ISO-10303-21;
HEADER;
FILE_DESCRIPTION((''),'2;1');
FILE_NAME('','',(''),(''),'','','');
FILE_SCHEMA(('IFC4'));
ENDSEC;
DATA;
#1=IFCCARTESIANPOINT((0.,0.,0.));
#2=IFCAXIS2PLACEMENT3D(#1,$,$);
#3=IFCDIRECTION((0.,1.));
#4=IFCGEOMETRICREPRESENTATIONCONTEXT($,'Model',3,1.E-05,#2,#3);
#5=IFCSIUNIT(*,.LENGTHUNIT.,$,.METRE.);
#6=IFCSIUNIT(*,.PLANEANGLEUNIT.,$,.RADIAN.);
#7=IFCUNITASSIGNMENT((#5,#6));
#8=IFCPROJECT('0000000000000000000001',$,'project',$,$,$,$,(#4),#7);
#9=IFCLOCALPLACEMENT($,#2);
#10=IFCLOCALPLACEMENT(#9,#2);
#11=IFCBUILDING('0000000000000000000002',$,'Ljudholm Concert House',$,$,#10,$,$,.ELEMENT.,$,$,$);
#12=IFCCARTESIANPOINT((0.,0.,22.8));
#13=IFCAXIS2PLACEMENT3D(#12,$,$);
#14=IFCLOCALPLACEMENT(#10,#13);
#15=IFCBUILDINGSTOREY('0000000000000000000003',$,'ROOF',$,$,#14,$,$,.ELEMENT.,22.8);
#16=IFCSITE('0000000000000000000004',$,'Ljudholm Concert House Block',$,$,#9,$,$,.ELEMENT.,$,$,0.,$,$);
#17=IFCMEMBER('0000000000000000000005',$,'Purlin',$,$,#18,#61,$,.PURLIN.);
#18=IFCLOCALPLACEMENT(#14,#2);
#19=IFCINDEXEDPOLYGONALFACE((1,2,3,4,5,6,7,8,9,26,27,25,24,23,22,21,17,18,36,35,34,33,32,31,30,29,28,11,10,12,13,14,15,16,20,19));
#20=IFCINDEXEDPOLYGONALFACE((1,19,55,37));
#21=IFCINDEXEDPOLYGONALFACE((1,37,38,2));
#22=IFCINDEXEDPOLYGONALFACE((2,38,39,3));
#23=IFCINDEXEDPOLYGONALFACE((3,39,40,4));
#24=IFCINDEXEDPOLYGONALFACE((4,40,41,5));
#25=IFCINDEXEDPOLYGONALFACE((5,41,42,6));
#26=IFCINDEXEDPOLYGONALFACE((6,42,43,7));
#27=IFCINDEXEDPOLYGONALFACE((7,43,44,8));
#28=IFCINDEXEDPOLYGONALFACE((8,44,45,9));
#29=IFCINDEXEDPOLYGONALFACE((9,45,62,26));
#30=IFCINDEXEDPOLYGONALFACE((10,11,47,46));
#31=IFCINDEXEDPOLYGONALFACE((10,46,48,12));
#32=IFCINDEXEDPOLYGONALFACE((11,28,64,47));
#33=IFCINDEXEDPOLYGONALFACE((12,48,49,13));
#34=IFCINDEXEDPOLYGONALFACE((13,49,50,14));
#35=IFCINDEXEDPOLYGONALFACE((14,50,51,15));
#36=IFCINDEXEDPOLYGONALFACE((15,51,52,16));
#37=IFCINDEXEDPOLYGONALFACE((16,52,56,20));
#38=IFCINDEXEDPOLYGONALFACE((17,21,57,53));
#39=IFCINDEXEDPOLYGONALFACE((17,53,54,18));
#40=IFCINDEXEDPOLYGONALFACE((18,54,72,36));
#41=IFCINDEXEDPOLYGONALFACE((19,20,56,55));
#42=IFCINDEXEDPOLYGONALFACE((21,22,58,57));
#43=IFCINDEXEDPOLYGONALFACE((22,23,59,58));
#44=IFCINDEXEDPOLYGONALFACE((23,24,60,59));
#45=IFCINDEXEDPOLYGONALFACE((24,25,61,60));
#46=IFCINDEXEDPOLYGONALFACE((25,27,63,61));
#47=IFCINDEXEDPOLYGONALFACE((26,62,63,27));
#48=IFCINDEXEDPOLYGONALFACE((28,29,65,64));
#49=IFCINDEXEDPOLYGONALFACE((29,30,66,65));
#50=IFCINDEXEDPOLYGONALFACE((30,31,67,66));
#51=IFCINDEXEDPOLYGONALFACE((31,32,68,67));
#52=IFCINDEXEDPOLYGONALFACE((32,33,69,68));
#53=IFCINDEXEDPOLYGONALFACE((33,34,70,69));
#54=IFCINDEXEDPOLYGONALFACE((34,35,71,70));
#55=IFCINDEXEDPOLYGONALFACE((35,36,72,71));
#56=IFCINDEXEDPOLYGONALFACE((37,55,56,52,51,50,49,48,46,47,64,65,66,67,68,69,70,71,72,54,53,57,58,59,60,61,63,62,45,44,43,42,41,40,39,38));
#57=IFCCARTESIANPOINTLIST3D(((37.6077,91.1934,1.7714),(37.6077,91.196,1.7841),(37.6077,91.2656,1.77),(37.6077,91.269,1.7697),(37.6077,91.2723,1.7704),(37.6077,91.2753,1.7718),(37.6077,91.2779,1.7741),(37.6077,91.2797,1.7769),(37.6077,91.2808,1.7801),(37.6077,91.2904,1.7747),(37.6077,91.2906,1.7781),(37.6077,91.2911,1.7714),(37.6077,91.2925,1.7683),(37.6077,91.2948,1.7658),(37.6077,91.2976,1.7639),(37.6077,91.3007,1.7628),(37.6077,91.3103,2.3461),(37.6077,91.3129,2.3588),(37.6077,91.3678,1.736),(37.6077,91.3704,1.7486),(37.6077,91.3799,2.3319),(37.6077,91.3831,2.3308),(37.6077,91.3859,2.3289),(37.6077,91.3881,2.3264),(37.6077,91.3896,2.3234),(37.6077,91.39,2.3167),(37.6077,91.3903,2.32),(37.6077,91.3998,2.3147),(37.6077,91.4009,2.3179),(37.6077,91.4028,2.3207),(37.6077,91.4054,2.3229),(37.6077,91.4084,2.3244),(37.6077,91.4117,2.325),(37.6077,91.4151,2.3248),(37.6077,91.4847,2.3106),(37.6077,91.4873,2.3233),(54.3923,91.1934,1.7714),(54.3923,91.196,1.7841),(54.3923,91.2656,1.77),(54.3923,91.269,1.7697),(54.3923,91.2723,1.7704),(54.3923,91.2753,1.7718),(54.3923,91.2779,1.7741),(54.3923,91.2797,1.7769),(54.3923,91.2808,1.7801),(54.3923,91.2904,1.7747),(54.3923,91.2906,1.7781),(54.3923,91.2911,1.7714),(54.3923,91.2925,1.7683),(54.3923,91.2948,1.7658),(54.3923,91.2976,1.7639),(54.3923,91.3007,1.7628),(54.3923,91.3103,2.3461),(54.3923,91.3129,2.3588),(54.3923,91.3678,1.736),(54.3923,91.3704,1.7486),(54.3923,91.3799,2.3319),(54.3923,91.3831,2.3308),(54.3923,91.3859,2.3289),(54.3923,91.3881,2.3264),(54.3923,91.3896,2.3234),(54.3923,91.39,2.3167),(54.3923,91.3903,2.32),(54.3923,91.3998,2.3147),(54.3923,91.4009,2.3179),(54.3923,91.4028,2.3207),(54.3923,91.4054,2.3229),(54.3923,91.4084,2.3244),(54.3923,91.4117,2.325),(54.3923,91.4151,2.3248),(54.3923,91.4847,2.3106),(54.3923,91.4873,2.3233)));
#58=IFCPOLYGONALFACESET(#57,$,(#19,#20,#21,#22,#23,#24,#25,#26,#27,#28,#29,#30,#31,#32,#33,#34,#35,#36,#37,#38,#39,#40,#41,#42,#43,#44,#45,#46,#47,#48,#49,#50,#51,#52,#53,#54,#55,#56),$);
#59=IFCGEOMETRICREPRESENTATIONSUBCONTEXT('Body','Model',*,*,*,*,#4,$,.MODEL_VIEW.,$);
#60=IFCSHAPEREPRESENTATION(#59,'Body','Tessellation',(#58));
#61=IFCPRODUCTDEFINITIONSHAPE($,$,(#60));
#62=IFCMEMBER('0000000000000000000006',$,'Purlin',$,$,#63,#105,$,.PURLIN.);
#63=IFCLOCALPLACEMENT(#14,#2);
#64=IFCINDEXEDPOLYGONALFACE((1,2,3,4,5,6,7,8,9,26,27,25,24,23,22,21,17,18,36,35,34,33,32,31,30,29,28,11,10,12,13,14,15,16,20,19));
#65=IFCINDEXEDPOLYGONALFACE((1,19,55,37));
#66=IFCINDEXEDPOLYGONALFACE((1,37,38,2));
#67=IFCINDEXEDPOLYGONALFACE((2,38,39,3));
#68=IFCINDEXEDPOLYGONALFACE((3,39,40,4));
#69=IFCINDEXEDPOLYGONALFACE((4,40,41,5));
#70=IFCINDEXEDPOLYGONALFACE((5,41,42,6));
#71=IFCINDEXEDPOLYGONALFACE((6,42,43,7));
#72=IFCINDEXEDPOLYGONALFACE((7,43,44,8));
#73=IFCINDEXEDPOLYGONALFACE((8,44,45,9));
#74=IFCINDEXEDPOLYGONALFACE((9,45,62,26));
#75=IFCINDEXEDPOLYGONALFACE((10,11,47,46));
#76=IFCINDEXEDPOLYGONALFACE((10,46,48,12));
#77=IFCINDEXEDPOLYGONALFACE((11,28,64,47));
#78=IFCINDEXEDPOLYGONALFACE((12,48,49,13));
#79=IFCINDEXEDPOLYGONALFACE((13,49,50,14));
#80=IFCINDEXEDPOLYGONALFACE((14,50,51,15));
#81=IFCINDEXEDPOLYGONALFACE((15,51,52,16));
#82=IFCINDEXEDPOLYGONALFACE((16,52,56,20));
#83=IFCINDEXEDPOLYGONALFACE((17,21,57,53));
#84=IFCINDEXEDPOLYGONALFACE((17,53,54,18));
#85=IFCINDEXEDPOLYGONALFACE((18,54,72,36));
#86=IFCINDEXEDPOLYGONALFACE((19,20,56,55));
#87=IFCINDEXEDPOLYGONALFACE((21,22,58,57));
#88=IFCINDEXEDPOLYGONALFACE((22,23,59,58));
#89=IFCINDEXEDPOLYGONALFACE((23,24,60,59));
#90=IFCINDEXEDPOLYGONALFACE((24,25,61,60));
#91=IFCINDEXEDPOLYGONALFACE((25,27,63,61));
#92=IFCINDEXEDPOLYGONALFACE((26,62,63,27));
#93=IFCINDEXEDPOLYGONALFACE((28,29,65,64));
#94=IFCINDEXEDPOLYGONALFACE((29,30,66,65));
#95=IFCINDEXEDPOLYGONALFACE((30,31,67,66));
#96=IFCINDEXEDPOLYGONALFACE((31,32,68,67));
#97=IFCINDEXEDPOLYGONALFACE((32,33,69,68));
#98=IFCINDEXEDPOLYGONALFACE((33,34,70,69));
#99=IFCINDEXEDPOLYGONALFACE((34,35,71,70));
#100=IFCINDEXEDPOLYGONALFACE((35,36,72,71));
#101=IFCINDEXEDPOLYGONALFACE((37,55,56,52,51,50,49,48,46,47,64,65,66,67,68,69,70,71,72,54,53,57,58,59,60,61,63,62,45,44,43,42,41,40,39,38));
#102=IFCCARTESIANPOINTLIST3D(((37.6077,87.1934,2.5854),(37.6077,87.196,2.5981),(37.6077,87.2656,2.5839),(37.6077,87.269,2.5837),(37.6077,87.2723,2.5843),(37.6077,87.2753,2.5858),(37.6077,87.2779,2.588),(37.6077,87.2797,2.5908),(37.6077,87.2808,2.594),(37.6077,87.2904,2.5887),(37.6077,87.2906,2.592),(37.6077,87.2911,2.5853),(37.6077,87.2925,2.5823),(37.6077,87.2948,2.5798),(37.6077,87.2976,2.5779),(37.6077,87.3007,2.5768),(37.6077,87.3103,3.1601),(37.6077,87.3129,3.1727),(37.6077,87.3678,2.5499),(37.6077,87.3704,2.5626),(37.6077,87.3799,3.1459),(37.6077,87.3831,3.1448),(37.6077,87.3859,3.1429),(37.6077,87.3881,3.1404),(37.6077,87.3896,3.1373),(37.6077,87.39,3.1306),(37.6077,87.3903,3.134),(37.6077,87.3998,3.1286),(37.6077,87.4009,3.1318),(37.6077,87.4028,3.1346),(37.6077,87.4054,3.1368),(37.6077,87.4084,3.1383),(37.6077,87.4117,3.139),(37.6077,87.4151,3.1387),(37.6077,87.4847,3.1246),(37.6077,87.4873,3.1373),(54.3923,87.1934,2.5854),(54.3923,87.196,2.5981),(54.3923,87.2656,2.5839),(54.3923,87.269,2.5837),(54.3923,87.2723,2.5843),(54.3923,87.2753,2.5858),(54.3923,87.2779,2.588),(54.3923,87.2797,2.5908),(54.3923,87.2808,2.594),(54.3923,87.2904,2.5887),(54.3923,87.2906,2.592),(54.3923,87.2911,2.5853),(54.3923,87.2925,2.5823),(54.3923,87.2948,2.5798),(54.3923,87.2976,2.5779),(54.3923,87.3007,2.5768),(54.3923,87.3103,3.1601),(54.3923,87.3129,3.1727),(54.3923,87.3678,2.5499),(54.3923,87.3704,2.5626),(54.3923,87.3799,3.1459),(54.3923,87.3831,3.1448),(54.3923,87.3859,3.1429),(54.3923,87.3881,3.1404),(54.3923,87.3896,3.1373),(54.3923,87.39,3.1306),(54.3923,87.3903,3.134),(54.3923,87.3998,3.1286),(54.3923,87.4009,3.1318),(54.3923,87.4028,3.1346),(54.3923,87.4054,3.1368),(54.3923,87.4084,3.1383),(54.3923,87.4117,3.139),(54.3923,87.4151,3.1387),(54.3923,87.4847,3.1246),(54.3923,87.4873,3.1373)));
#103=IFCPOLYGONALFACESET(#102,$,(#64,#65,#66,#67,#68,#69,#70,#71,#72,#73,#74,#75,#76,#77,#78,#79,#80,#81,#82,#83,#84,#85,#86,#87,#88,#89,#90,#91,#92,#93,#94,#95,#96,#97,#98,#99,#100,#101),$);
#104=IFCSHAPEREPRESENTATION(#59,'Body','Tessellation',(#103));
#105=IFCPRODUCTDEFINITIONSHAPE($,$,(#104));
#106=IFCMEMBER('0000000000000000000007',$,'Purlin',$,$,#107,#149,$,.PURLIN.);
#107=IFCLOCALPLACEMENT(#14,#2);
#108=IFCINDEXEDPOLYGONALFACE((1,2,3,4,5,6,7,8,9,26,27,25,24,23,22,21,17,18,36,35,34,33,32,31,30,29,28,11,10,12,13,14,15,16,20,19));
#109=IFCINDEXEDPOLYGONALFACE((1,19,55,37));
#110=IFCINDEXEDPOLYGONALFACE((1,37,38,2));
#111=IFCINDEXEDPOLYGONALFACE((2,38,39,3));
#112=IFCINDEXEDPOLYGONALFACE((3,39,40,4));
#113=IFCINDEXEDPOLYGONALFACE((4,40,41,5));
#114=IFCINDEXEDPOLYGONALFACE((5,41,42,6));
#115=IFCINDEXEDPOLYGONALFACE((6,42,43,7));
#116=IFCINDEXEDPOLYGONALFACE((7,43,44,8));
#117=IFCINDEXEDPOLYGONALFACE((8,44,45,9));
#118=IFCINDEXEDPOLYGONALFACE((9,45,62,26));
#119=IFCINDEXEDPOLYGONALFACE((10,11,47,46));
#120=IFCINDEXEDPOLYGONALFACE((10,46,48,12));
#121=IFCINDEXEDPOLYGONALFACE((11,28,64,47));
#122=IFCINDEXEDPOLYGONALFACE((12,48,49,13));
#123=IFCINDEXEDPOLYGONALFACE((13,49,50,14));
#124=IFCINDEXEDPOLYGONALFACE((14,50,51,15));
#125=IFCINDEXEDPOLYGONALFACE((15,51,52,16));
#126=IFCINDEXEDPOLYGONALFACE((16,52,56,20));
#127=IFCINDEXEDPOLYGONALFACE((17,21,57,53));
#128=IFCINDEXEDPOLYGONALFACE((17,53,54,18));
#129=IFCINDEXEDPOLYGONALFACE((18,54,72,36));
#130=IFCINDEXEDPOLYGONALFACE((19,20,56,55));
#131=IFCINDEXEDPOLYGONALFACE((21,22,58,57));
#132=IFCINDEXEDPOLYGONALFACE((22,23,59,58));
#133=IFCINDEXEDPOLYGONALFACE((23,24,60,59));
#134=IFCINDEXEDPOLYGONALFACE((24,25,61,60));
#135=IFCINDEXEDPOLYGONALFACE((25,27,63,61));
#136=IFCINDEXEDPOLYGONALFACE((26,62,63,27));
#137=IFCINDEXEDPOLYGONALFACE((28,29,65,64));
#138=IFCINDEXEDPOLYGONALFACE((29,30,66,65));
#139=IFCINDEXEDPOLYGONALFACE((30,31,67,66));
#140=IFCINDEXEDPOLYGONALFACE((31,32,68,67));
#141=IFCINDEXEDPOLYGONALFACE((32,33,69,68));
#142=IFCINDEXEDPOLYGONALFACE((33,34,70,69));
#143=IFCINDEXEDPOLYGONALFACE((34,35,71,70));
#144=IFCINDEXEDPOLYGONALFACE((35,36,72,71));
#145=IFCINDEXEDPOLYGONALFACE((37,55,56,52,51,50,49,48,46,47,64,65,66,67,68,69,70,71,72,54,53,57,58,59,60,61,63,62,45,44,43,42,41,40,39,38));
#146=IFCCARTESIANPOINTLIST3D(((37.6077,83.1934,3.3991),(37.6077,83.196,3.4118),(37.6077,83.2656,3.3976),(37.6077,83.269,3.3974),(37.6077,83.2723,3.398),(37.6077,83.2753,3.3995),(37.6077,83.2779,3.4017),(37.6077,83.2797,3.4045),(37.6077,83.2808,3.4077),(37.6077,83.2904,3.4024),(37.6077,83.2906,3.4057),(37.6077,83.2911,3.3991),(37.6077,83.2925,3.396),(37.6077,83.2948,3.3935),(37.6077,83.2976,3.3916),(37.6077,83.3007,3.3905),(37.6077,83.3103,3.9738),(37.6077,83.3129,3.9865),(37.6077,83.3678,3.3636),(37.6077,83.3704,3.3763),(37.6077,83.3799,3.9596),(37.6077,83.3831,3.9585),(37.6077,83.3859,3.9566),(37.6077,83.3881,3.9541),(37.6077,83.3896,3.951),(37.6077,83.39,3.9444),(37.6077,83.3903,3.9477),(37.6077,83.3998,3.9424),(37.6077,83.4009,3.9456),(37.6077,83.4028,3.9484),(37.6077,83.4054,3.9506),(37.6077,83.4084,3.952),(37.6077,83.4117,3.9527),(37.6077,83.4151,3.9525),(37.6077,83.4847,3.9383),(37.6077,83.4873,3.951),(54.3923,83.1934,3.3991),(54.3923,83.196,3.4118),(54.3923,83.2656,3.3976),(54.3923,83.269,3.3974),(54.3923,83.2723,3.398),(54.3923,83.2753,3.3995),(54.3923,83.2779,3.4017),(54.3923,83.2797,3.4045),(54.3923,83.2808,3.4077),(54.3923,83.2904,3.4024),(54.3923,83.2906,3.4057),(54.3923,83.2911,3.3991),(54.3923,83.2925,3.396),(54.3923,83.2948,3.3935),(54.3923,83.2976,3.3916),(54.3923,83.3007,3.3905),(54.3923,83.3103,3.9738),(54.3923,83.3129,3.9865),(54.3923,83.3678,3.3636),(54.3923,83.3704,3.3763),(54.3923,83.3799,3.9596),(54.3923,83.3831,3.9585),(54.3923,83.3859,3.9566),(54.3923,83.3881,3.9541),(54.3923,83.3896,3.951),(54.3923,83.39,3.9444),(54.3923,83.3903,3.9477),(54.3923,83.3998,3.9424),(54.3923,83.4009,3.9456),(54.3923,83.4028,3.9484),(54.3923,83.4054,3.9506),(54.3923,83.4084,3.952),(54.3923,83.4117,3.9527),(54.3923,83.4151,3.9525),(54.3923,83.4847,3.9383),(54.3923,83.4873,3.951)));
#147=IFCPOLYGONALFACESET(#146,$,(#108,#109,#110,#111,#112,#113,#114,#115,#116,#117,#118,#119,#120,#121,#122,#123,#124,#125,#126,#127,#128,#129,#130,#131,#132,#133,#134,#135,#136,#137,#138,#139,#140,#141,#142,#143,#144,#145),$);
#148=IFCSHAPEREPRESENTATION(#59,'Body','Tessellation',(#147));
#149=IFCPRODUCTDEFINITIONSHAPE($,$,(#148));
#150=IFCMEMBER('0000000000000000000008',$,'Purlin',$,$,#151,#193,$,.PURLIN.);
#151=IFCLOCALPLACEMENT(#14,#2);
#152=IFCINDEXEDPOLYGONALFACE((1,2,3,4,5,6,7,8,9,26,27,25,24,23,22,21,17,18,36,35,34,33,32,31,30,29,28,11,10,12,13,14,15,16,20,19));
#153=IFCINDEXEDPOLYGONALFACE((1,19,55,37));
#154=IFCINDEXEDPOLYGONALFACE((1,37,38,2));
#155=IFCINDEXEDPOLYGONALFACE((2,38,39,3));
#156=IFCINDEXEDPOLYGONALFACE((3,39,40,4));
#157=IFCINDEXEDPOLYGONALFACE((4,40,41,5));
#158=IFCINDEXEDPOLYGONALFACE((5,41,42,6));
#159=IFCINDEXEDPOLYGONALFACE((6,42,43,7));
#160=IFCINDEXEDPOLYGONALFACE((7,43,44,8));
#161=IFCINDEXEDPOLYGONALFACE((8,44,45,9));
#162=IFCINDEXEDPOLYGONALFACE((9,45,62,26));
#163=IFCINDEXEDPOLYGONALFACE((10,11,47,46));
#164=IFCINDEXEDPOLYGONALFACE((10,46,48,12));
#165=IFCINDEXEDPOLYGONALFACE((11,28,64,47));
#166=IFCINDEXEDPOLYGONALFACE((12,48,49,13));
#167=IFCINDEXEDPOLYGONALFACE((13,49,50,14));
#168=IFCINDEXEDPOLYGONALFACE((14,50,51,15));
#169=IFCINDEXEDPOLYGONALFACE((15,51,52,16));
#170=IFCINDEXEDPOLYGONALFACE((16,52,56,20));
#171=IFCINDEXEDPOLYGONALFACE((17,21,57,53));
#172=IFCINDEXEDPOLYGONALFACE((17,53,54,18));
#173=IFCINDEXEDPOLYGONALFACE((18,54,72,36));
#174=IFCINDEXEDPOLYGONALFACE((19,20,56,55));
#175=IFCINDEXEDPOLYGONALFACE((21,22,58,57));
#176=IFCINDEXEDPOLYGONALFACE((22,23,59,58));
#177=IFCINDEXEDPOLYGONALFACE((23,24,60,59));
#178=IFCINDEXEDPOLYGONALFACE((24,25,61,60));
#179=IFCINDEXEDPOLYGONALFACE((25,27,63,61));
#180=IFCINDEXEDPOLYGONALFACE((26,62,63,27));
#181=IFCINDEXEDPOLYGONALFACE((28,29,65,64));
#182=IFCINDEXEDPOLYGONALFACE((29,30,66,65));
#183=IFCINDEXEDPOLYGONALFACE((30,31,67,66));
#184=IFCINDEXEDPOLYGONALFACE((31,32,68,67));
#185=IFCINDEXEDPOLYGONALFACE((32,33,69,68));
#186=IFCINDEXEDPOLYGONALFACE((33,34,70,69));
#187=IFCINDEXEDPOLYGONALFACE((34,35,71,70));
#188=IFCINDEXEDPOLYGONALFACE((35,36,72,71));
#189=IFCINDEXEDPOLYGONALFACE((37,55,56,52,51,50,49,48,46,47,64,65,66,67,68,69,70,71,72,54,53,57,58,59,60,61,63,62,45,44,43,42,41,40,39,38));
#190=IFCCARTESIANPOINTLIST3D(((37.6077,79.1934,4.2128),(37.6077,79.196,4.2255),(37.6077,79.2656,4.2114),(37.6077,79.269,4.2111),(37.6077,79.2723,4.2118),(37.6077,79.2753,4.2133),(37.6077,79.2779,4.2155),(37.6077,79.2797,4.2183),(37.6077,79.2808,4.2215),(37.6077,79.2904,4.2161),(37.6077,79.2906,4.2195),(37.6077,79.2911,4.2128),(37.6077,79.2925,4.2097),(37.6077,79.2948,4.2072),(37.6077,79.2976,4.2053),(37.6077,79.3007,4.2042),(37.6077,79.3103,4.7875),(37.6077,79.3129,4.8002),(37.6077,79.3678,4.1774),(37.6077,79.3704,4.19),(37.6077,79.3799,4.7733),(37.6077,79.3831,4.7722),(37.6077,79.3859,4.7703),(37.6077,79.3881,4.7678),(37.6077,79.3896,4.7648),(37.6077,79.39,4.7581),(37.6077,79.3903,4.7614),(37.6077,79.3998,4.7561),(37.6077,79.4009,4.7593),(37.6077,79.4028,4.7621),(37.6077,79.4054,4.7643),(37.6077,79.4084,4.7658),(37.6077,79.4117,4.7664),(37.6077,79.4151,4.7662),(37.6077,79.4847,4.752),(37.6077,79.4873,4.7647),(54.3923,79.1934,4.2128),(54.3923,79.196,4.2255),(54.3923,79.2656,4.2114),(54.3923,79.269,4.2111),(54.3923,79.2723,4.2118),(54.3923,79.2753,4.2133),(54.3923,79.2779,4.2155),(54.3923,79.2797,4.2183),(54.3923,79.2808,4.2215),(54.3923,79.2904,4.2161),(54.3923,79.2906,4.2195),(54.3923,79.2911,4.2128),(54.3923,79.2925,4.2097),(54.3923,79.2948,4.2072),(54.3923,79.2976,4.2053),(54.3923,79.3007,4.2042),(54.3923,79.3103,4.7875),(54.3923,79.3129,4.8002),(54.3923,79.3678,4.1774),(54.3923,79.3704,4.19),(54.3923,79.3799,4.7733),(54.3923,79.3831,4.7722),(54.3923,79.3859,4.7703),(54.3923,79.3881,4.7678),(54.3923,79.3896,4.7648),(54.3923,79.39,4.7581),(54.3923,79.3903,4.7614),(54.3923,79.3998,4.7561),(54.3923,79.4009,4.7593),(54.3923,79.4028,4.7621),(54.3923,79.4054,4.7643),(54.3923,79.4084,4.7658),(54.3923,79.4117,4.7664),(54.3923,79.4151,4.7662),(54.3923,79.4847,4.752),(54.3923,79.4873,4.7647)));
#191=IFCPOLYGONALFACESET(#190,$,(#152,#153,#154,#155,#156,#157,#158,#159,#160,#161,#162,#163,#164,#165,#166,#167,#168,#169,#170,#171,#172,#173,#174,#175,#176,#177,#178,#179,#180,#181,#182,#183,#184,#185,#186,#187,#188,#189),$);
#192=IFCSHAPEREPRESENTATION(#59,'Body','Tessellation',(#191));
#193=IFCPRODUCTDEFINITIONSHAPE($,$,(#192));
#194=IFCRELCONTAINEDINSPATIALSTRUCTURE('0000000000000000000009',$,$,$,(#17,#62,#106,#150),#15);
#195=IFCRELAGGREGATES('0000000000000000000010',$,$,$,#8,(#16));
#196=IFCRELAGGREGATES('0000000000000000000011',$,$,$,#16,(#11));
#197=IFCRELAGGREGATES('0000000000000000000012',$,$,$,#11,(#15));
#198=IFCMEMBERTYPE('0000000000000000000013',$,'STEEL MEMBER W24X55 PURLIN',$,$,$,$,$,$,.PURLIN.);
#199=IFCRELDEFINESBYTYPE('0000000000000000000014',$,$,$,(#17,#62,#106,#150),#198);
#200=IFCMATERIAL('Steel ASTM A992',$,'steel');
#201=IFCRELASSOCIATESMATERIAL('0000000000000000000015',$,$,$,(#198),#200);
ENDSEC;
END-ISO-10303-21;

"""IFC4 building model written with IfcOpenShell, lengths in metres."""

from ifc_helpers import new_model, si_unit, direction, frame, origin, origin_2d, place, context, subcontext, project, spatial, i_section, extrude, material, material_profile, profile_set, type_object, element, save


model = new_model("IFC4")

# Units and contexts
model_context = context("Model", 3, precision=1e-05, world=origin(), true_north=direction((0.0, 1.0)))
body_context = subcontext(model_context, "Body", "Model", "MODEL_VIEW")
ifc_project = project(units=[si_unit("LENGTHUNIT", "METRE"), si_unit("PLANEANGLEUNIT", "RADIAN")], contexts=[model_context])

# Site, building, storey
site_placement = place(None, origin())
site = spatial("IfcSite", under=ifc_project, at=site_placement, Name="Ljudholm Concert House Block", CompositionType="ELEMENT", RefElevation=0.0)
building_placement = place(site_placement, origin())
building = spatial("IfcBuilding", under=site, at=building_placement, Name="Ljudholm Concert House", CompositionType="ELEMENT")
storey_placement = place(building_placement, frame((0.0, 0.0, 22.8)))
storey = spatial("IfcBuildingStorey", under=building, at=storey_placement, Name="ROOF", CompositionType="ELEMENT", Elevation=22.8)

# Members
ifc_material_1 = material(Name="Steel ASTM A992", Category="steel")
ifc_material_profile_1 = material_profile(ifc_material_1, i_section(OverallWidth=0.178, OverallDepth=0.5994, WebThickness=0.01, FlangeThickness=0.0129, FilletRadius=0.0129, at=origin_2d()), Name="W24X55")
ifc_profile_set_1 = profile_set([ifc_material_profile_1], Name="Steel ASTM A992")
member_type_1 = type_object("IfcMemberType", Name="STEEL MEMBER W24X55 PURLIN", PredefinedType="PURLIN", material=ifc_profile_set_1)
for number, where, z_axis, x_axis, name in (
    (1, (37.6077, 91.3403, 2.0474), (1.0, 0.0, 0.0), (0.0, 0.979925, -0.199368), "Purlin"),
    (2, (37.6077, 87.3403, 2.8613), (1.0, 0.0, 0.0), (0.0, 0.979925, -0.199368), "Purlin"),
    (3, (37.6077, 83.3403, 3.675), (1.0, 0.0, 0.0), (0.0, 0.979925, -0.199368), "Purlin"),
    (4, (37.6077, 79.3403, 4.4888), (1.0, 0.0, 0.0), (0.0, 0.979925, -0.199368), "Purlin"),
):
    element("IfcMember", number, at=place(storey_placement, frame(where, z_axis=z_axis, x_axis=x_axis)), inside=storey, type_object=member_type_1, Name=name, PredefinedType="PURLIN", context=body_context, shape_type="SweptSolid", body=[
        extrude(i_section(OverallWidth=0.178, OverallDepth=0.5994, WebThickness=0.01, FlangeThickness=0.0129, FilletRadius=0.0129, at=origin_2d()), origin(), (0.0, 0.0, 1.0), 16.7847),
    ])

save(model, "model.ifc")
